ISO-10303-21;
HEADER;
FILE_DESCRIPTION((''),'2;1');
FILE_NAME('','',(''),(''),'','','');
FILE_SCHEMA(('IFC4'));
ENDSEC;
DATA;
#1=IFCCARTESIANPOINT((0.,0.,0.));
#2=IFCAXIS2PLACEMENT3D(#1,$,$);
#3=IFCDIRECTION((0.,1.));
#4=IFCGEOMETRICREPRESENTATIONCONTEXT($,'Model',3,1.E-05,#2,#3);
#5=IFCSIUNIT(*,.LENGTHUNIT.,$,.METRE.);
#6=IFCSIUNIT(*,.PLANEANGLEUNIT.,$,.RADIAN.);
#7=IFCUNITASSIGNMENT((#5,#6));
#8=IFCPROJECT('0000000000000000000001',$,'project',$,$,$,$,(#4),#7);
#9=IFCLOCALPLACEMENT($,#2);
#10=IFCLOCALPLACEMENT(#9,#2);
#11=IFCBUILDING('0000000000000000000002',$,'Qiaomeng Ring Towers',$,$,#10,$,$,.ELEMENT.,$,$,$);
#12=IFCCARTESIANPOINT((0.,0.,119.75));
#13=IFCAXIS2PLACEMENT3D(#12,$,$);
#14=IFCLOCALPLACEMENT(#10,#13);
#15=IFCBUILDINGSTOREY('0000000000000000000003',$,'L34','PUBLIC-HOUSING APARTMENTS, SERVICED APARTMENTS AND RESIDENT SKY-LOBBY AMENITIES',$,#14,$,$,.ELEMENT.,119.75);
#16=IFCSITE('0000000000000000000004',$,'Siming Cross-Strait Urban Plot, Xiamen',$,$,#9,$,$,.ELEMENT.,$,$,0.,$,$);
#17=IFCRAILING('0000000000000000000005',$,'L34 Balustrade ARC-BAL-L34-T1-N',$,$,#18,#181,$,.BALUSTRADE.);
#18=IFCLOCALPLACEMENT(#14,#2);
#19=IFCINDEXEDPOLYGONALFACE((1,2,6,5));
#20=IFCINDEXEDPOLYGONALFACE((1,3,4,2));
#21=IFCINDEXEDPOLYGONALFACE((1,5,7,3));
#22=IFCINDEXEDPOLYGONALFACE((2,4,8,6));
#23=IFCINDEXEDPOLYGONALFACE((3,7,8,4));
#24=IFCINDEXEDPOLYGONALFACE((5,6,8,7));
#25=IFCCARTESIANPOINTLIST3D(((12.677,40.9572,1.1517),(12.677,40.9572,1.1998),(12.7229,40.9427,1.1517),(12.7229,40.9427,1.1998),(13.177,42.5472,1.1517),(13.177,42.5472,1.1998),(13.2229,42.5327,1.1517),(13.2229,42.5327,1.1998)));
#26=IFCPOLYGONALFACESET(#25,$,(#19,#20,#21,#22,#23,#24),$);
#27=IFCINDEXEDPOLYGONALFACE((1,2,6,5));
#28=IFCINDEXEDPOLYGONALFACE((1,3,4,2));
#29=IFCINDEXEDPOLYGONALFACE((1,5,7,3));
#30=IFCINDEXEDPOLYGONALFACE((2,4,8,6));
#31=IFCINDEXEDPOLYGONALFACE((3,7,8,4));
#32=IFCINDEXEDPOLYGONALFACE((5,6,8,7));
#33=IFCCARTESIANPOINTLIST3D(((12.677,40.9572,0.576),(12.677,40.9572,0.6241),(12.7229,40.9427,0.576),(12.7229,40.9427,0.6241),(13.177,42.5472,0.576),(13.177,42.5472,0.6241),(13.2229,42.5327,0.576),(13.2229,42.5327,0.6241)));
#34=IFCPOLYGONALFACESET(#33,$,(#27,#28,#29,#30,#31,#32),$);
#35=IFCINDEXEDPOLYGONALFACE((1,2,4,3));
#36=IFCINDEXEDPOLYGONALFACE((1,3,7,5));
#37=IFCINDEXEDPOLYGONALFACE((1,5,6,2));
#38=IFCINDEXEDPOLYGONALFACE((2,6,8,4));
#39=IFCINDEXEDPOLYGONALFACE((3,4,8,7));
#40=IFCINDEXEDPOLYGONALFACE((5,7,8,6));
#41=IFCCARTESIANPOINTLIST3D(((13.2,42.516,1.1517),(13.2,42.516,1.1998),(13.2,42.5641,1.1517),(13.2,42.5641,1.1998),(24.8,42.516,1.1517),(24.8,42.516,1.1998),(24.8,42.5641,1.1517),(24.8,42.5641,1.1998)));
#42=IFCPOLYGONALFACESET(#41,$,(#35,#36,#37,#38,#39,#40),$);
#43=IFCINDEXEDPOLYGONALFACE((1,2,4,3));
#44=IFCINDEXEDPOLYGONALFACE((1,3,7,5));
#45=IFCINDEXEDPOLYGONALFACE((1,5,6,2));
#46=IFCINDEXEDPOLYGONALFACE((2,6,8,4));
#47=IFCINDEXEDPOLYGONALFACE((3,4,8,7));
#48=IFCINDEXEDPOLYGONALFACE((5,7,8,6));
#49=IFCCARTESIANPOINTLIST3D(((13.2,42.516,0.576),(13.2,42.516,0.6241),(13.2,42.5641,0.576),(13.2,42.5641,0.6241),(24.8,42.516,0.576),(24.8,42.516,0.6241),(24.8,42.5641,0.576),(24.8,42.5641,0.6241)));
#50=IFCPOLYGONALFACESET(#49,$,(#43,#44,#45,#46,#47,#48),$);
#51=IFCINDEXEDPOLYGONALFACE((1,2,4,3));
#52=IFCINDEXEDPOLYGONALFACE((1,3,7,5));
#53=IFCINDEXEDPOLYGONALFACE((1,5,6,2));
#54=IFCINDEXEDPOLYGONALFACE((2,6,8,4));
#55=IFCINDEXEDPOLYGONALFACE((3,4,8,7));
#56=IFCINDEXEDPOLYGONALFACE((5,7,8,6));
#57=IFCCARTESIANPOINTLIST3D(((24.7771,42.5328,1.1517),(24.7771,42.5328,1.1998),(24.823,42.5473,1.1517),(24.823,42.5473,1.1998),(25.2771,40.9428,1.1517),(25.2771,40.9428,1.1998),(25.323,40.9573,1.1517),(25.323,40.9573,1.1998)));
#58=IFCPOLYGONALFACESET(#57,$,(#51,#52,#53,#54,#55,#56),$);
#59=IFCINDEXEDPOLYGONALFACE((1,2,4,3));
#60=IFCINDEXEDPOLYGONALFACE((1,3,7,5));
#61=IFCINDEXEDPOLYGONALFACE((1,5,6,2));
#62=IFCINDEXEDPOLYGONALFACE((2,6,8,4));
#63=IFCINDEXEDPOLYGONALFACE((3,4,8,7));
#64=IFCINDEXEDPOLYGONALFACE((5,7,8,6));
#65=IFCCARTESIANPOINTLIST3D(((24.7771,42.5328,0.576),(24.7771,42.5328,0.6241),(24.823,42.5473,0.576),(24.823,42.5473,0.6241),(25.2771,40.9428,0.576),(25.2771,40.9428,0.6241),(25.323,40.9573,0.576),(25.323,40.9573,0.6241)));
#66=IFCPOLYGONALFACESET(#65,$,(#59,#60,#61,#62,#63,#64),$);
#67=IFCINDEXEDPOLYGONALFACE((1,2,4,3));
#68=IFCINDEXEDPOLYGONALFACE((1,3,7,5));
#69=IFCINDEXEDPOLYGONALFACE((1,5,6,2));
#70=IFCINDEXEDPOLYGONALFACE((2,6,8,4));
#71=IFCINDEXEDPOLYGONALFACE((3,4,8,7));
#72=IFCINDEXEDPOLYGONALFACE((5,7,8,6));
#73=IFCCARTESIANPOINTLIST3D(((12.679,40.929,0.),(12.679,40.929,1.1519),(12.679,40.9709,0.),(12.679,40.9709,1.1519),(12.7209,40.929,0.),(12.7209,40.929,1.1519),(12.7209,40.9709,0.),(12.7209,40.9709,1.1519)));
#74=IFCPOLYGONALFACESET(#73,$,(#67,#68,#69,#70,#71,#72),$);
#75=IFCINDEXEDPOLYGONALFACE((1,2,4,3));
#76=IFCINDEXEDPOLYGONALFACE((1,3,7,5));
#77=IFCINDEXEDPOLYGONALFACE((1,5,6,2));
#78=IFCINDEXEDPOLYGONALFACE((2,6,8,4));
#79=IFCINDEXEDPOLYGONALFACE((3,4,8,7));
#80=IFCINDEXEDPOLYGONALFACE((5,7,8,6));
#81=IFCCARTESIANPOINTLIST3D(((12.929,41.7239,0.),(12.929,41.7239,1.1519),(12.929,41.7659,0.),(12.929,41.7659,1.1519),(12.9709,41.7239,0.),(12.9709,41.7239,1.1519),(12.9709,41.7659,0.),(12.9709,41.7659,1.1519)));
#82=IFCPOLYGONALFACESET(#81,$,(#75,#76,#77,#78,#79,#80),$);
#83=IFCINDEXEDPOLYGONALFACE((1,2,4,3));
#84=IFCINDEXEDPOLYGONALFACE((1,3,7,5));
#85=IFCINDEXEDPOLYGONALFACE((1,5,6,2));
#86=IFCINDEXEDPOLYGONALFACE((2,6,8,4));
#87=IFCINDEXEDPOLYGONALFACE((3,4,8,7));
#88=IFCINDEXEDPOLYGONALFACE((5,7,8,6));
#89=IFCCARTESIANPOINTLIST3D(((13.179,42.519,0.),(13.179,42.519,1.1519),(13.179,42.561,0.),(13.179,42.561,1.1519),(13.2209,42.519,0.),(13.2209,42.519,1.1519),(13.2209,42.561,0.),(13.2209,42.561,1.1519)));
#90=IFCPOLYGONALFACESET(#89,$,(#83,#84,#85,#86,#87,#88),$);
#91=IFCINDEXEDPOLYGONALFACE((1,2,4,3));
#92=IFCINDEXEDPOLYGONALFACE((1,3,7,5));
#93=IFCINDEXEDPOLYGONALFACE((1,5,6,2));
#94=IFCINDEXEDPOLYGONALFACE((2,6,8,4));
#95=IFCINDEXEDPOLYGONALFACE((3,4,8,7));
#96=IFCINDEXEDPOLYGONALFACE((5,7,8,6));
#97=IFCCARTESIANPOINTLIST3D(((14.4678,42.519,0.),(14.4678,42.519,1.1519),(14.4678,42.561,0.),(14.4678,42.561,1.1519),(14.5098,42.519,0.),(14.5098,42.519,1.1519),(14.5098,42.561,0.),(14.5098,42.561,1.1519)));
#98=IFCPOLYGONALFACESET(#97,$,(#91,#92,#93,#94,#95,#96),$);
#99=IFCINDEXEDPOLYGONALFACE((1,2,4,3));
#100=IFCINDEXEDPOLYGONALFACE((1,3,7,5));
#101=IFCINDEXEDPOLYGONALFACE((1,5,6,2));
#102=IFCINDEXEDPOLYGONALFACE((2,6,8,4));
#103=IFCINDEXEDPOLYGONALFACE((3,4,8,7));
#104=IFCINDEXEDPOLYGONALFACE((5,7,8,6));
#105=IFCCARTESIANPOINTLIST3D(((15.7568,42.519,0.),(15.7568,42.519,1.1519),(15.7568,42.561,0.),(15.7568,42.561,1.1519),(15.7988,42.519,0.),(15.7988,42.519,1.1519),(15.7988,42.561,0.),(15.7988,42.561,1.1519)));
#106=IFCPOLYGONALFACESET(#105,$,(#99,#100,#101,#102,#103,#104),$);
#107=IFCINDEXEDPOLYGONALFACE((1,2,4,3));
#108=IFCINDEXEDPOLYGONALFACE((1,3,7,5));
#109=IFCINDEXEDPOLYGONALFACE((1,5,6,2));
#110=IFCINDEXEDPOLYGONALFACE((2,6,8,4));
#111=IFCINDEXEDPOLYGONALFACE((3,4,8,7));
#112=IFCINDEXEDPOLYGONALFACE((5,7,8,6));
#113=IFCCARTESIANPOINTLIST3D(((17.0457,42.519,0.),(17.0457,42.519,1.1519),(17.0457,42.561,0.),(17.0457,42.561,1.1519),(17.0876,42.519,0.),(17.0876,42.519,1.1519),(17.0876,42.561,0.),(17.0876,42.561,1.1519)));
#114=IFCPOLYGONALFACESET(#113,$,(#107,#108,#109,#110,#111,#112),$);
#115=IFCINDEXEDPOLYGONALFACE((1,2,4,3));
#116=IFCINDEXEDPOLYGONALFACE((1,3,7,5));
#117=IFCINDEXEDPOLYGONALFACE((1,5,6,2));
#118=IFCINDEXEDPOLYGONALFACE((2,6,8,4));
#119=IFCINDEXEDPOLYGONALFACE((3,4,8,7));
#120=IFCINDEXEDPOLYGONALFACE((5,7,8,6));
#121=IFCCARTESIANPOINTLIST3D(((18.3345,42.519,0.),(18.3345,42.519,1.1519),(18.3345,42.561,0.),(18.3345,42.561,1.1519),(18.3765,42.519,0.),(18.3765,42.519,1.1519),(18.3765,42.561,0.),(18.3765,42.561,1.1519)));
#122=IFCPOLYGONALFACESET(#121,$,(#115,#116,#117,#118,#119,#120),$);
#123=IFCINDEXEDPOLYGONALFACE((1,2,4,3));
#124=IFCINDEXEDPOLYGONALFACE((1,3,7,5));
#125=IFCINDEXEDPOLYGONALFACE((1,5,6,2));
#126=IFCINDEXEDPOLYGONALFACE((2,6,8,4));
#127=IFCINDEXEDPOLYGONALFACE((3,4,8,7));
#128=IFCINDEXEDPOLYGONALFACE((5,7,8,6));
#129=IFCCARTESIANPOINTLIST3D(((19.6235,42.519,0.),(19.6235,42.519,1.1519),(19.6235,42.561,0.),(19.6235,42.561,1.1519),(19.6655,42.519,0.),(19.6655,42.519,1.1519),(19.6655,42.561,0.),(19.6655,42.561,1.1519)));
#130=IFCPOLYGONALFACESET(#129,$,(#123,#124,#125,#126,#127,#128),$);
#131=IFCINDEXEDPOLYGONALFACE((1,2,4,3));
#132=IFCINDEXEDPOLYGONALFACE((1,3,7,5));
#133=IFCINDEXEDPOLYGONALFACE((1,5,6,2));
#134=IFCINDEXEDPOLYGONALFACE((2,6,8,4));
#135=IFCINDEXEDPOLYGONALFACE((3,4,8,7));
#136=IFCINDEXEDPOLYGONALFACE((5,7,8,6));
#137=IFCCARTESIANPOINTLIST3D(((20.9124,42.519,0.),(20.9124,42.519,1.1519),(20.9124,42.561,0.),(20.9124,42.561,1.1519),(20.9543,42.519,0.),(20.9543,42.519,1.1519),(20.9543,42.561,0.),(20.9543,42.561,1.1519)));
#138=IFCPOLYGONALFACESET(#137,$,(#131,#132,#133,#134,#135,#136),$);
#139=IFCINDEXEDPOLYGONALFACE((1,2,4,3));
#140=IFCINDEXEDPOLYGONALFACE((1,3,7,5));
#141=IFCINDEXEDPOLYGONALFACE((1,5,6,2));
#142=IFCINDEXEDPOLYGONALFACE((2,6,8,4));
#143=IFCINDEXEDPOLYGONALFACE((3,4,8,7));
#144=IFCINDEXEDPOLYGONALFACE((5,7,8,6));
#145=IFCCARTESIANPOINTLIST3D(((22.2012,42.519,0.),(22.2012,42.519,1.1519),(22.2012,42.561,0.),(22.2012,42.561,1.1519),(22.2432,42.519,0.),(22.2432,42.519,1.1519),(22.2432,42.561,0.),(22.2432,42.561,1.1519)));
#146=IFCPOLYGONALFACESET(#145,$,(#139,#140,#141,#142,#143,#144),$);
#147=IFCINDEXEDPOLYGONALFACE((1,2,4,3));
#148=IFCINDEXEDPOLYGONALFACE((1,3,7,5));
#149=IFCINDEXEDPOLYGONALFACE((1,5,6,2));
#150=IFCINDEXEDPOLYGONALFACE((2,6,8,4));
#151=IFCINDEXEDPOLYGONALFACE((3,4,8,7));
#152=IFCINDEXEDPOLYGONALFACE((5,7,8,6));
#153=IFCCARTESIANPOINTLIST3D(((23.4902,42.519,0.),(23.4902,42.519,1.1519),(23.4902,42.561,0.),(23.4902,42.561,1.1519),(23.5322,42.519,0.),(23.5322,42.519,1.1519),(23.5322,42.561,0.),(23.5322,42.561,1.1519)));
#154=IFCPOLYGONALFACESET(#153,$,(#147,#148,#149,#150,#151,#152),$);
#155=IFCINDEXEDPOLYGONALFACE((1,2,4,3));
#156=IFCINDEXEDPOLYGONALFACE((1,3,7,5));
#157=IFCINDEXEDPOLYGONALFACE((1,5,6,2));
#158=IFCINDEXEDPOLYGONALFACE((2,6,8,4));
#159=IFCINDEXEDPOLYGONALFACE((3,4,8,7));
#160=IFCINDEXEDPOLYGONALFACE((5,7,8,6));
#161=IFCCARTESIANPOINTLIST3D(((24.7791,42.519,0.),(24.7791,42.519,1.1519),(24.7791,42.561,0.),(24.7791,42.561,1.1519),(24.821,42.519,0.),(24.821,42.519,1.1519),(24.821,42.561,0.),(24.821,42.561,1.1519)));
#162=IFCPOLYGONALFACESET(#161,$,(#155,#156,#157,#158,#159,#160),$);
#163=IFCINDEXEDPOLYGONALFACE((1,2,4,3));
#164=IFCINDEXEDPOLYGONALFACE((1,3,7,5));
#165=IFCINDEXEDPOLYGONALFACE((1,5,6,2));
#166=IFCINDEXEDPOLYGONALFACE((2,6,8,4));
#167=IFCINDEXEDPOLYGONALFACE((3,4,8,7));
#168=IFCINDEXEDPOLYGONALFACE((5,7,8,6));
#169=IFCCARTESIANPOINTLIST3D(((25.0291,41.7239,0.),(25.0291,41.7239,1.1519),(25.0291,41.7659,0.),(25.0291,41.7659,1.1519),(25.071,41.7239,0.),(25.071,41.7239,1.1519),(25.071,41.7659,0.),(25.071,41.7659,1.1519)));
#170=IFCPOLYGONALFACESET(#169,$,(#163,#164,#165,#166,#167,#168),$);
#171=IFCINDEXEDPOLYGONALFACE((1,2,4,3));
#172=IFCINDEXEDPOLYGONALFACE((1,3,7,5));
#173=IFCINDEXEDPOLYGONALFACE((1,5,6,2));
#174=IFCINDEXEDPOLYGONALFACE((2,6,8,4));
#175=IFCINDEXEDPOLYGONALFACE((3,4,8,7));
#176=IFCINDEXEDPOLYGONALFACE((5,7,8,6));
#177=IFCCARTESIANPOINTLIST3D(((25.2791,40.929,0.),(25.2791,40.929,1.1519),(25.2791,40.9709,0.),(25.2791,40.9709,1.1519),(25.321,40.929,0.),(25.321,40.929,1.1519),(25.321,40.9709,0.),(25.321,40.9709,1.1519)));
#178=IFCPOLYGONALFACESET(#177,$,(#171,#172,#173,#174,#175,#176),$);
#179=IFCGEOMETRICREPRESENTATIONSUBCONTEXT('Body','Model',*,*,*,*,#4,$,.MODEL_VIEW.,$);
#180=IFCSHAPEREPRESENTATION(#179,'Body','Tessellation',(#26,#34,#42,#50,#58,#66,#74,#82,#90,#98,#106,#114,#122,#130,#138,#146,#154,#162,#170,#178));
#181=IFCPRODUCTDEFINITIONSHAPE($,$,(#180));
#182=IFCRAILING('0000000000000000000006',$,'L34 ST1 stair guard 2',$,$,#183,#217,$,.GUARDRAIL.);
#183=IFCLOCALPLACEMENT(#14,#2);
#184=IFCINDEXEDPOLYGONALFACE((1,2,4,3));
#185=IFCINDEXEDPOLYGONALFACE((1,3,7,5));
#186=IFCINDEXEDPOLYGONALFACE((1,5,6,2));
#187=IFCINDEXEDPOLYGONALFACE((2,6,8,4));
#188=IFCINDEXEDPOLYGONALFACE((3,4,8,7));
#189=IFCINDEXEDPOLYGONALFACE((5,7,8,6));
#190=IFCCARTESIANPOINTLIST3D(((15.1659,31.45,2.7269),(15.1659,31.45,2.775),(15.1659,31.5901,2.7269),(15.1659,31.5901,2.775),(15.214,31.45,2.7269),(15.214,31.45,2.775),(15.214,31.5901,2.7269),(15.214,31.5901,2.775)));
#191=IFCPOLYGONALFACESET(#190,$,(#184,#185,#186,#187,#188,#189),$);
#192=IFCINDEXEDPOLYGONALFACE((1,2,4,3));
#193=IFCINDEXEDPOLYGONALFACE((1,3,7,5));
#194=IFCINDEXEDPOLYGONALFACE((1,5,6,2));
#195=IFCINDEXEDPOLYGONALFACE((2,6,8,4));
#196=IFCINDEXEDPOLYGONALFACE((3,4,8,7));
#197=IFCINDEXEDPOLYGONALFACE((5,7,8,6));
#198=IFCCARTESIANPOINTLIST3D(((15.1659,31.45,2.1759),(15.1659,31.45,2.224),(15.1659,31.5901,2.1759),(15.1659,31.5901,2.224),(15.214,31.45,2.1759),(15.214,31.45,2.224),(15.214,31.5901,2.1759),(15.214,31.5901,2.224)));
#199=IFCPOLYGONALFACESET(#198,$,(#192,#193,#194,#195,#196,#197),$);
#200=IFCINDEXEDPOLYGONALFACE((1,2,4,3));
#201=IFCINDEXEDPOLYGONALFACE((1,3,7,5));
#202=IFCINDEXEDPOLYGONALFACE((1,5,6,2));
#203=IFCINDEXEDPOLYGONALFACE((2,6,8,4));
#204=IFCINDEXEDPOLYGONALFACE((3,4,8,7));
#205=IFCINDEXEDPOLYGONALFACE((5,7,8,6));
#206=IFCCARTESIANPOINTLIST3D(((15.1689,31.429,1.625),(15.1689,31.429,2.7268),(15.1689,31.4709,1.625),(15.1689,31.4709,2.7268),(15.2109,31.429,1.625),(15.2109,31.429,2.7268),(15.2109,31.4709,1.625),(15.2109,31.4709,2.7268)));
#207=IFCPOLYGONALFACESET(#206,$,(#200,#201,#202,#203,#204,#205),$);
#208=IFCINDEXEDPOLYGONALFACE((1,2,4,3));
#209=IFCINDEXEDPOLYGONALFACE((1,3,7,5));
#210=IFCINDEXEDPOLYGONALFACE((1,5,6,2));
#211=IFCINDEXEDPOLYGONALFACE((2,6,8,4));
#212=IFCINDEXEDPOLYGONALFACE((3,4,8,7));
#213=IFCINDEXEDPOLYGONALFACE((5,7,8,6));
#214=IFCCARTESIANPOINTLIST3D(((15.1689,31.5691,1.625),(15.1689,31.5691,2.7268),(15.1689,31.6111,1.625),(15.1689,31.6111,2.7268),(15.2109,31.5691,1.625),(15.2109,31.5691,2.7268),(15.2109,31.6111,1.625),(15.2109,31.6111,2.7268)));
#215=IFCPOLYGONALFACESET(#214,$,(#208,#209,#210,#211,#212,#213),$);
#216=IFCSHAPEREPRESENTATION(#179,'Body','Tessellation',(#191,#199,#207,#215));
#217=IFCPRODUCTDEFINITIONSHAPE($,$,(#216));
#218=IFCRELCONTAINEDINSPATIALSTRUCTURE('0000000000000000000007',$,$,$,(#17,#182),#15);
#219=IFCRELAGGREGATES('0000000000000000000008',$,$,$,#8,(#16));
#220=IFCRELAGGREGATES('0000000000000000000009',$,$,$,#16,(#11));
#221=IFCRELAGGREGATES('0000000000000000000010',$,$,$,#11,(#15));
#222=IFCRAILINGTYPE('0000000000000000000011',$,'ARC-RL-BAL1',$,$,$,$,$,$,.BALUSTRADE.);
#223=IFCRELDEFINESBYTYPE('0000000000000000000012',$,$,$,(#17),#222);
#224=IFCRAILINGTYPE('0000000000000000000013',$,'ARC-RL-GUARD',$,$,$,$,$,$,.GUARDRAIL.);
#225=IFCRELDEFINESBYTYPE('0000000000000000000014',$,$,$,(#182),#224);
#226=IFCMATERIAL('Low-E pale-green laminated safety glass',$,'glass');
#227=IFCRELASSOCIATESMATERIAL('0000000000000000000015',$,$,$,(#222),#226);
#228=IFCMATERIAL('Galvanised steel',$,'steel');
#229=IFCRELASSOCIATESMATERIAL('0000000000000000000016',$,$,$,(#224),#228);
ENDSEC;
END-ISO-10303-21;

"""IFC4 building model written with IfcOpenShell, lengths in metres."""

from ifc_helpers import new_model, si_unit, direction, frame, origin, origin_2d, place, context, subcontext, project, spatial, rectangle, extrude, material, type_object, element, save


model = new_model("IFC4")

# Units and contexts
model_context = context("Model", 3, precision=1e-05, world=origin(), true_north=direction((0.0, 1.0)))
body_context = subcontext(model_context, "Body", "Model", "MODEL_VIEW")
ifc_project = project(units=[si_unit("LENGTHUNIT", "METRE"), si_unit("PLANEANGLEUNIT", "RADIAN")], contexts=[model_context])

# Site, building, storey
site_placement = place(None, origin())
site = spatial("IfcSite", under=ifc_project, at=site_placement, Name="Siming Cross-Strait Urban Plot, Xiamen", CompositionType="ELEMENT", RefElevation=0.0)
building_placement = place(site_placement, origin())
building = spatial("IfcBuilding", under=site, at=building_placement, Name="Qiaomeng Ring Towers", CompositionType="ELEMENT")
storey_placement = place(building_placement, frame((0.0, 0.0, 119.75)))
storey = spatial("IfcBuildingStorey", under=building, at=storey_placement, Name="L34", Description="PUBLIC-HOUSING APARTMENTS, SERVICED APARTMENTS AND RESIDENT SKY-LOBBY AMENITIES", CompositionType="ELEMENT", Elevation=119.75)

# Shared definitions
ifc_material_1 = material(Name="Galvanised steel", Category="steel")

# Railings
ifc_material_2 = material(Name="Low-E pale-green laminated safety glass", Category="glass")
railing_type_1 = type_object("IfcRailingType", Name="ARC-RL-BAL1", PredefinedType="BALUSTRADE", material=ifc_material_2)
railing_1_placement = place(storey_placement, frame((12.7, 40.95, 0.0)))
element("IfcRailing", 1, at=railing_1_placement, inside=storey, type_object=railing_type_1, Name="L34 Balustrade ARC-BAL-L34-T1-N", PredefinedType="BALUSTRADE", context=body_context, shape_type="SweptSolid", body=[
    extrude(rectangle(XDim=0.0481, YDim=0.0481, at=origin_2d()), frame((0.0, 0.0, 1.1758), z_axis=(0.299968, 0.953949, 0.0), x_axis=(-0.953949, 0.299968, 0.0)), (0.0, 0.0, 1.0), 1.6667),
    extrude(rectangle(XDim=0.0481, YDim=0.0481, at=origin_2d()), frame((0.0, 0.0, 0.6001), z_axis=(0.299968, 0.953949, 0.0), x_axis=(-0.953949, 0.299968, 0.0)), (0.0, 0.0, 1.0), 1.6667),
    extrude(rectangle(XDim=0.0481, YDim=0.0481, at=origin_2d()), frame((0.5, 1.5901, 1.1758), z_axis=(1.0, 0.0, 0.0), x_axis=(0.0, 1.0, 0.0)), (0.0, 0.0, 1.0), 11.6001),
    extrude(rectangle(XDim=0.0481, YDim=0.0481, at=origin_2d()), frame((0.5, 1.5901, 0.6001), z_axis=(1.0, 0.0, 0.0), x_axis=(0.0, 1.0, 0.0)), (0.0, 0.0, 1.0), 11.6001),
    extrude(rectangle(XDim=0.0481, YDim=0.0481, at=origin_2d()), frame((12.1001, 1.5901, 1.1758), z_axis=(0.299968, -0.953949, 0.0), x_axis=(0.953949, 0.299968, 0.0)), (0.0, 0.0, 1.0), 1.6667),
    extrude(rectangle(XDim=0.0481, YDim=0.0481, at=origin_2d()), frame((12.1001, 1.5901, 0.6001), z_axis=(0.299968, -0.953949, 0.0), x_axis=(0.953949, 0.299968, 0.0)), (0.0, 0.0, 1.0), 1.6667),
    extrude(rectangle(XDim=0.042, YDim=0.042, at=origin_2d()), origin(), (0.0, 0.0, 1.0), 1.1519),
    extrude(rectangle(XDim=0.042, YDim=0.042, at=origin_2d()), frame((0.25, 0.7949, 0.0)), (0.0, 0.0, 1.0), 1.1519),
    extrude(rectangle(XDim=0.042, YDim=0.042, at=origin_2d()), frame((0.5, 1.5901, 0.0)), (0.0, 0.0, 1.0), 1.1519),
    extrude(rectangle(XDim=0.042, YDim=0.042, at=origin_2d()), frame((1.7888, 1.5901, 0.0)), (0.0, 0.0, 1.0), 1.1519),
    extrude(rectangle(XDim=0.042, YDim=0.042, at=origin_2d()), frame((3.0779, 1.5901, 0.0)), (0.0, 0.0, 1.0), 1.1519),
    extrude(rectangle(XDim=0.042, YDim=0.042, at=origin_2d()), frame((4.3667, 1.5901, 0.0)), (0.0, 0.0, 1.0), 1.1519),
    extrude(rectangle(XDim=0.042, YDim=0.042, at=origin_2d()), frame((5.6555, 1.5901, 0.0)), (0.0, 0.0, 1.0), 1.1519),
    extrude(rectangle(XDim=0.042, YDim=0.042, at=origin_2d()), frame((6.9446, 1.5901, 0.0)), (0.0, 0.0, 1.0), 1.1519),
    extrude(rectangle(XDim=0.042, YDim=0.042, at=origin_2d()), frame((8.2334, 1.5901, 0.0)), (0.0, 0.0, 1.0), 1.1519),
    extrude(rectangle(XDim=0.042, YDim=0.042, at=origin_2d()), frame((9.5222, 1.5901, 0.0)), (0.0, 0.0, 1.0), 1.1519),
    extrude(rectangle(XDim=0.042, YDim=0.042, at=origin_2d()), frame((10.8113, 1.5901, 0.0)), (0.0, 0.0, 1.0), 1.1519),
    extrude(rectangle(XDim=0.042, YDim=0.042, at=origin_2d()), frame((12.1001, 1.5901, 0.0)), (0.0, 0.0, 1.0), 1.1519),
    extrude(rectangle(XDim=0.042, YDim=0.042, at=origin_2d()), frame((12.3501, 0.7949, 0.0)), (0.0, 0.0, 1.0), 1.1519),
    extrude(rectangle(XDim=0.042, YDim=0.042, at=origin_2d()), frame((12.6001, 0.0, 0.0)), (0.0, 0.0, 1.0), 1.1519),
])
railing_type_2 = type_object("IfcRailingType", Name="ARC-RL-GUARD", PredefinedType="GUARDRAIL", material=ifc_material_1)
railing_2_placement = place(storey_placement, frame((15.1899, 31.45, 1.625)))
element("IfcRailing", 2, at=railing_2_placement, inside=storey, type_object=railing_type_2, Name="L34 ST1 stair guard 2", PredefinedType="GUARDRAIL", context=body_context, shape_type="SweptSolid", body=[
    extrude(rectangle(XDim=0.0481, YDim=0.0481, at=origin_2d()), frame((0.0, 0.0, 1.126), z_axis=(0.0, 1.0, 0.0), x_axis=(-1.0, 0.0, 0.0)), (0.0, 0.0, 1.0), 0.1401),
    extrude(rectangle(XDim=0.0481, YDim=0.0481, at=origin_2d()), frame((0.0, 0.0, 0.575), z_axis=(0.0, 1.0, 0.0), x_axis=(-1.0, 0.0, 0.0)), (0.0, 0.0, 1.0), 0.1401),
    extrude(rectangle(XDim=0.042, YDim=0.042, at=origin_2d()), origin(), (0.0, 0.0, 1.0), 1.1018),
    extrude(rectangle(XDim=0.042, YDim=0.042, at=origin_2d()), frame((0.0, 0.1401, 0.0)), (0.0, 0.0, 1.0), 1.1018),
])

save(model, "model.ifc")
